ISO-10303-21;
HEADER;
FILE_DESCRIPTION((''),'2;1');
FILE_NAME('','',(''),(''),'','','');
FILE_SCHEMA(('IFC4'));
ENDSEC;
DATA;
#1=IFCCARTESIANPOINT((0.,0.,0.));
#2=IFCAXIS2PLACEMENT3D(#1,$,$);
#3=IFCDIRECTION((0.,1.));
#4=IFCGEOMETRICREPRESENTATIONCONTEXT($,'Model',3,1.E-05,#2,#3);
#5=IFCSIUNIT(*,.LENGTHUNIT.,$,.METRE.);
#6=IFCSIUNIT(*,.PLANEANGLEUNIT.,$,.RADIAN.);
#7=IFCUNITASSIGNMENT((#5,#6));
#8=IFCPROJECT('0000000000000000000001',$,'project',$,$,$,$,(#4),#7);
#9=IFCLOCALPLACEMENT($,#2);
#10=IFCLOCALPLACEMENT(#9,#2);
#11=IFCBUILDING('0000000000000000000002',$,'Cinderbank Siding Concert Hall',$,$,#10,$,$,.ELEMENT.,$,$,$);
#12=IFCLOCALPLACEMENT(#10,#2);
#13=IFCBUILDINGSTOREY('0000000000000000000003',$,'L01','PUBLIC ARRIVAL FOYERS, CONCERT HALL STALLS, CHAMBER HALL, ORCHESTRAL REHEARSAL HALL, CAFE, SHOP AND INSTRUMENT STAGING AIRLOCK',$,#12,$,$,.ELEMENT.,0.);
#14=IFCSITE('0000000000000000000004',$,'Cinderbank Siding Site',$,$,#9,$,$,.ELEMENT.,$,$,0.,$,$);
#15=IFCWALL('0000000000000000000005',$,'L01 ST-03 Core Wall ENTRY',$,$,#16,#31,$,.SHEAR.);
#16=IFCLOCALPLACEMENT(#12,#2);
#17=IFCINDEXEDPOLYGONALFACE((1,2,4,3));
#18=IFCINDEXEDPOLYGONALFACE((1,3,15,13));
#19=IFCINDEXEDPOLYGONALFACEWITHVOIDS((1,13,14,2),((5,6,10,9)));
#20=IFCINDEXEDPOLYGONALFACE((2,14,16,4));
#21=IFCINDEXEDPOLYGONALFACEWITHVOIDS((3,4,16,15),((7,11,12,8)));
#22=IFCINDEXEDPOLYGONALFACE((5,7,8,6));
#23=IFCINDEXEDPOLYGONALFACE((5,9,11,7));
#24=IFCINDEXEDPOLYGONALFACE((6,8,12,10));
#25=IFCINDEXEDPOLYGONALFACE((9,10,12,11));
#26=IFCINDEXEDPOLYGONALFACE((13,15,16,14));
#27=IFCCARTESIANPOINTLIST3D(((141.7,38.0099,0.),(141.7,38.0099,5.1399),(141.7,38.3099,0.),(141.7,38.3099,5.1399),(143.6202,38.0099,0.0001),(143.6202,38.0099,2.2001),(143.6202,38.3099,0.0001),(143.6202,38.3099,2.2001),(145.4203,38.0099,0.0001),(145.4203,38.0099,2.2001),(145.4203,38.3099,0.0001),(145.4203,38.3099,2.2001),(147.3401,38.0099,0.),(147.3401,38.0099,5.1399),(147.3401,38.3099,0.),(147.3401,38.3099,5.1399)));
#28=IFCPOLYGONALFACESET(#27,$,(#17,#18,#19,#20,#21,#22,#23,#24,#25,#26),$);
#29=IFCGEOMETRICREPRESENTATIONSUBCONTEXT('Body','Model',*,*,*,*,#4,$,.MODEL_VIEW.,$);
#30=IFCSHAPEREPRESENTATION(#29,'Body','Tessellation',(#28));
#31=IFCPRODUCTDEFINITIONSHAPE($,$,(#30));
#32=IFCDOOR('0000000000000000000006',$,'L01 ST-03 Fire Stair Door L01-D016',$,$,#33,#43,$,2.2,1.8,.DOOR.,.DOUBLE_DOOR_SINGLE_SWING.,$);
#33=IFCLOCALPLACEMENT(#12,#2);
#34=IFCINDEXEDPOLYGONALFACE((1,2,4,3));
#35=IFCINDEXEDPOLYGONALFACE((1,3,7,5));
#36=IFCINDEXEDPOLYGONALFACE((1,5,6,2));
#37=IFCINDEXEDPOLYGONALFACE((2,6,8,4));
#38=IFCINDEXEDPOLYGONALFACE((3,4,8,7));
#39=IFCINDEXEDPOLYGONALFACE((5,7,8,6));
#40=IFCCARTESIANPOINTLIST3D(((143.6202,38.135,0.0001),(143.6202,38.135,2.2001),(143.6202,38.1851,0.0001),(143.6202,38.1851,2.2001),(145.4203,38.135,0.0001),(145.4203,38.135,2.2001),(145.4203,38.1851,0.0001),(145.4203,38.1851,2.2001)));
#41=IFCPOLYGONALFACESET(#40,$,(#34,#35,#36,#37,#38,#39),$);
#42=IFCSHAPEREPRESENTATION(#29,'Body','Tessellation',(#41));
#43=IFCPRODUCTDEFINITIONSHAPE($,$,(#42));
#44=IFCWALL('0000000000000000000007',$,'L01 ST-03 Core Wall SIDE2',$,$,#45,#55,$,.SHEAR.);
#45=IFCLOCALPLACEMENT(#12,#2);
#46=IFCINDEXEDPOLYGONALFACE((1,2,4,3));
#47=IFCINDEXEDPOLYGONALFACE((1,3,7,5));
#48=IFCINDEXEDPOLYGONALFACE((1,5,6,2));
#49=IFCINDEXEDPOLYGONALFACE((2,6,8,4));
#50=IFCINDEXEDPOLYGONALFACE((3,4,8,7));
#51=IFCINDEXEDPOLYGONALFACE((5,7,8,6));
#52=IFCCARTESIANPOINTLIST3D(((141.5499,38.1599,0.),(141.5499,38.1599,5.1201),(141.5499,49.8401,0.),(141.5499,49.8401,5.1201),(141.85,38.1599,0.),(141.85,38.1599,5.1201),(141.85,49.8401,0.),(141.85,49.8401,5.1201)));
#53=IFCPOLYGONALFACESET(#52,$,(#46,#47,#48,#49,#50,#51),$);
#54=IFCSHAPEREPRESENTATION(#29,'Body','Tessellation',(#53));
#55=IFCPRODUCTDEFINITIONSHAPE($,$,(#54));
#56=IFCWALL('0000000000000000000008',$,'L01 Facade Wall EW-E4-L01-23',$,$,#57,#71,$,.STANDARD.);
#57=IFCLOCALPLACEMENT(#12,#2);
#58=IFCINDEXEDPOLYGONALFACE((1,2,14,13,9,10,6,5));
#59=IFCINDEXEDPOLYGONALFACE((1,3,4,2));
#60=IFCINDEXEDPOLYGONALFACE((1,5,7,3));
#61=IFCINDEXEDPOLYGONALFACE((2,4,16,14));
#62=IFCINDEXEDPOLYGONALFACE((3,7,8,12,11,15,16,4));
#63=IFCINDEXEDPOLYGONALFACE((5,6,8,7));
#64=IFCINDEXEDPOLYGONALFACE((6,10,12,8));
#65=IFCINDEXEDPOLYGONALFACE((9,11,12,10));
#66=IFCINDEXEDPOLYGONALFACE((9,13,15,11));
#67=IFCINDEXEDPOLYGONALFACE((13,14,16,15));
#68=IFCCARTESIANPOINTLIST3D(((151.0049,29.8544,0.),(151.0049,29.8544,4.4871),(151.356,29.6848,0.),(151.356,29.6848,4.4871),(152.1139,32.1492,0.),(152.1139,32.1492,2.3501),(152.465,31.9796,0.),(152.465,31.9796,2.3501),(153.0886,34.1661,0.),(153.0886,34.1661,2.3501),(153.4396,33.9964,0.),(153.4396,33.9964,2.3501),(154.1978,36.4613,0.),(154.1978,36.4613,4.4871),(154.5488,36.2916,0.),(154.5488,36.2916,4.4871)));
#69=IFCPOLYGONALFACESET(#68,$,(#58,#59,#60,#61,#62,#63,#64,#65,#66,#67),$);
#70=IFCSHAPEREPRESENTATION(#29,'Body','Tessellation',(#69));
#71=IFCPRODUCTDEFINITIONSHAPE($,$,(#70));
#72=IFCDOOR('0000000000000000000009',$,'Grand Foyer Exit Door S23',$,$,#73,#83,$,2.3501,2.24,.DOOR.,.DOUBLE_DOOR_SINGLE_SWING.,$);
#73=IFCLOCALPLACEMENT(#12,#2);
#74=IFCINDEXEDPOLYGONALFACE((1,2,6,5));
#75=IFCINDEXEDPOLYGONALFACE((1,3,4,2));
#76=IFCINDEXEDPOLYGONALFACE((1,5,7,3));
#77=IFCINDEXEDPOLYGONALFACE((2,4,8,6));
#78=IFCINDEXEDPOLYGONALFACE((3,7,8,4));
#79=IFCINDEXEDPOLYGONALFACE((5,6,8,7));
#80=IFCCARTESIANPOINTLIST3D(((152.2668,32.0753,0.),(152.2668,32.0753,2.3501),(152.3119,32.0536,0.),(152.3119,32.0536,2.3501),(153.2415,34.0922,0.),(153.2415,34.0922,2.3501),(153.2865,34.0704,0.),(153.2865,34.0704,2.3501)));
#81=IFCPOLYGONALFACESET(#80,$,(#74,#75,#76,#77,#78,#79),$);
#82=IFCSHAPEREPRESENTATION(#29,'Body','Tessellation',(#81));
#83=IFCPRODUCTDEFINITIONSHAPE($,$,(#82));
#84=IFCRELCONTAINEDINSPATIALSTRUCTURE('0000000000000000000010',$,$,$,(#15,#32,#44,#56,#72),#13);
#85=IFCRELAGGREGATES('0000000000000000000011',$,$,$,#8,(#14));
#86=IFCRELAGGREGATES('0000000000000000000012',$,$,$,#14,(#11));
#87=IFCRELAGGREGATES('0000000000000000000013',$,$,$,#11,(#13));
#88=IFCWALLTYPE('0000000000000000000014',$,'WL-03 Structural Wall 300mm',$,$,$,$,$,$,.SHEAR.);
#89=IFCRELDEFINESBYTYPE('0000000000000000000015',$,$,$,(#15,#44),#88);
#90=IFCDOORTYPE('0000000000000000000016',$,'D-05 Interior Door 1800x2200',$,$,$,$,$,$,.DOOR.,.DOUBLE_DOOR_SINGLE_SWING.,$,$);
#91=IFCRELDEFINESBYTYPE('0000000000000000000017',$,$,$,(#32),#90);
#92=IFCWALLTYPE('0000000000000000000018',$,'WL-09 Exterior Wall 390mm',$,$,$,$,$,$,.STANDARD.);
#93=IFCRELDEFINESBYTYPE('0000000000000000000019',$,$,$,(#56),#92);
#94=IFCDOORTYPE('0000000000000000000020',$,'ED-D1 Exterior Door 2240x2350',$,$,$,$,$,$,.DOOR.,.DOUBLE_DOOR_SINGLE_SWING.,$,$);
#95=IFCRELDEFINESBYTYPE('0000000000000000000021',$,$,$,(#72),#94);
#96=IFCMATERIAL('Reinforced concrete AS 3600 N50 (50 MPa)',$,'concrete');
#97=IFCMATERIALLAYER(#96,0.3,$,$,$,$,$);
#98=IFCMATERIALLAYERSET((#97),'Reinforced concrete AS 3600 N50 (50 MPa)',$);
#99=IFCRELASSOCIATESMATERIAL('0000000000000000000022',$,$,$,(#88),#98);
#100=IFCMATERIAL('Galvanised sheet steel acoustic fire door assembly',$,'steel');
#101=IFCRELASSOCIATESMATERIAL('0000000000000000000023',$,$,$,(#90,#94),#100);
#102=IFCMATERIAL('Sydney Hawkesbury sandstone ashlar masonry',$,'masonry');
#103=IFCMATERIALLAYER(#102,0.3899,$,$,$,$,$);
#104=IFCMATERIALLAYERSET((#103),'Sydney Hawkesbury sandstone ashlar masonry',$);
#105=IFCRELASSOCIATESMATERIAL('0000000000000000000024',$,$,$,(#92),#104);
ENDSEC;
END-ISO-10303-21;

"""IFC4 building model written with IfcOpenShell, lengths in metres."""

from ifc_helpers import new_model, si_unit, direction, frame, frame_2d, origin, place, context, subcontext, project, spatial, rectangle, extrude, material, layer, layer_set, type_object, element, fill, save


model = new_model("IFC4")

# Units and contexts
model_context = context("Model", 3, precision=1e-05, world=origin(), true_north=direction((0.0, 1.0)))
body_context = subcontext(model_context, "Body", "Model", "MODEL_VIEW")
ifc_project = project(units=[si_unit("LENGTHUNIT", "METRE"), si_unit("PLANEANGLEUNIT", "RADIAN")], contexts=[model_context])

# Site, building, storey
site_placement = place(None, origin())
site = spatial("IfcSite", under=ifc_project, at=site_placement, Name="Cinderbank Siding Site", CompositionType="ELEMENT", RefElevation=0.0)
building_placement = place(site_placement, origin())
building = spatial("IfcBuilding", under=site, at=building_placement, Name="Cinderbank Siding Concert Hall", CompositionType="ELEMENT")
storey_placement = place(building_placement, origin())
storey = spatial("IfcBuildingStorey", under=building, at=storey_placement, Name="L01", Description="PUBLIC ARRIVAL FOYERS, CONCERT HALL STALLS, CHAMBER HALL, ORCHESTRAL REHEARSAL HALL, CAFE, SHOP AND INSTRUMENT STAGING AIRLOCK", CompositionType="ELEMENT", Elevation=0.0)

# Shared definitions
ifc_material_1 = material(Name="Reinforced concrete AS 3600 N50 (50 MPa)", Category="concrete")

# Wall, opening, door
ifc_layer_1 = layer(ifc_material_1, 0.3)
ifc_layer_set_1 = layer_set([ifc_layer_1], Name="Reinforced concrete AS 3600 N50 (50 MPa)")
wall_type_1 = type_object("IfcWallType", Name="WL-03 Structural Wall 300mm", PredefinedType="SHEAR", material=ifc_layer_set_1)
wall_1_placement = place(storey_placement, frame((147.3401, 38.1599, 0.0), z_axis=(0.0, 0.0, 1.0), x_axis=(-1.0, 0.0, 0.0)))
wall_1 = element("IfcWall", 1, at=wall_1_placement, inside=storey, type_object=wall_type_1, Name="L01 ST-03 Core Wall ENTRY", PredefinedType="SHEAR", context=body_context, shape_type="SweptSolid", body=[
    extrude(rectangle(XDim=5.6401, YDim=0.3, at=frame_2d((2.8201, 0.0))), origin(), (0.0, 0.0, 1.0), 5.1399),
])
opening_1_placement = place(wall_1_placement, frame((1.9199, 0.0, 0.0)))
opening_1 = element("IfcOpeningElement", 2, at=opening_1_placement, cuts=wall_1, PredefinedType="OPENING", context=body_context, shape_type="SweptSolid", body=[
    extrude(rectangle(XDim=1.8, YDim=2.2, at=frame_2d((0.8999, 1.1001))), frame((0.0, 0.1621, 0.0), z_axis=(0.0, -1.0, 0.0), x_axis=(1.0, 0.0, 0.0)), (0.0, 0.0, 1.0), 0.324),
])
ifc_material_2 = material(Name="Galvanised sheet steel acoustic fire door assembly", Category="steel")
door_type_1 = type_object("IfcDoorType", Name="D-05 Interior Door 1800x2200", OperationType="DOUBLE_DOOR_SINGLE_SWING", PredefinedType="DOOR", material=ifc_material_2)
door_1_placement = place(opening_1_placement, origin())
door_1 = element("IfcDoor", 3, at=door_1_placement, inside=storey, type_object=door_type_1, Name="L01 ST-03 Fire Stair Door L01-D016", OperationType="DOUBLE_DOOR_SINGLE_SWING", OverallHeight=2.2, OverallWidth=1.8, PredefinedType="DOOR", context=body_context, shape_type="SweptSolid", body=[
    extrude(rectangle(XDim=1.8, YDim=2.2, at=frame_2d((0.8999, 1.1001))), frame((0.0, 0.0249, 0.0), z_axis=(0.0, -1.0, 0.0), x_axis=(1.0, 0.0, 0.0)), (0.0, 0.0, 1.0), 0.05),
])
fill(opening_1, door_1)

# Wall
wall_2_placement = place(storey_placement, frame((141.7, 38.1599, 0.0), z_axis=(0.0, 0.0, 1.0), x_axis=(0.0, 1.0, 0.0)))
element("IfcWall", 4, at=wall_2_placement, inside=storey, type_object=wall_type_1, Name="L01 ST-03 Core Wall SIDE2", PredefinedType="SHEAR", context=body_context, shape_type="SweptSolid", body=[
    extrude(rectangle(XDim=11.6802, YDim=0.3, at=frame_2d((5.8401, 0.0))), origin(), (0.0, 0.0, 1.0), 5.1201),
])

# Wall, opening, door
ifc_material_3 = material(Name="Sydney Hawkesbury sandstone ashlar masonry", Category="masonry")
ifc_layer_2 = layer(ifc_material_3, 0.3899)
ifc_layer_set_2 = layer_set([ifc_layer_2], Name="Sydney Hawkesbury sandstone ashlar masonry")
wall_type_2 = type_object("IfcWallType", Name="WL-09 Exterior Wall 390mm", PredefinedType="STANDARD", material=ifc_layer_set_2)
wall_3_placement = place(storey_placement, frame((154.3733, 36.3765, 0.0), z_axis=(0.0, 0.0, 1.0), x_axis=(-0.435116, -0.900375, 0.0)))
wall_3 = element("IfcWall", 5, at=wall_3_placement, inside=storey, type_object=wall_type_2, Name="L01 Facade Wall EW-E4-L01-23", PredefinedType="STANDARD", context=body_context, shape_type="SweptSolid", body=[
    extrude(rectangle(XDim=7.3379, YDim=0.3899, at=frame_2d((3.6689, 0.0))), origin(), (0.0, 0.0, 1.0), 4.4871),
])
opening_2_placement = place(wall_3_placement, frame((2.5491, 0.0, 0.0)))
opening_2 = element("IfcOpeningElement", 6, at=opening_2_placement, cuts=wall_3, PredefinedType="OPENING", context=body_context, shape_type="SweptSolid", body=[
    extrude(rectangle(XDim=2.24, YDim=2.3501, at=frame_2d((1.1201, 1.175))), frame((0.0, 0.207, 0.0), z_axis=(0.0, -1.0, 0.0), x_axis=(1.0, 0.0, 0.0)), (0.0, 0.0, 1.0), 0.4138),
])
door_type_2 = type_object("IfcDoorType", Name="ED-D1 Exterior Door 2240x2350", OperationType="DOUBLE_DOOR_SINGLE_SWING", PredefinedType="DOOR", material=ifc_material_2)
door_2_placement = place(opening_2_placement, origin())
door_2 = element("IfcDoor", 7, at=door_2_placement, inside=storey, type_object=door_type_2, Name="Grand Foyer Exit Door S23", OperationType="DOUBLE_DOOR_SINGLE_SWING", OverallHeight=2.3501, OverallWidth=2.24, PredefinedType="DOOR", context=body_context, shape_type="SweptSolid", body=[
    extrude(rectangle(XDim=2.24, YDim=2.3501, at=frame_2d((1.1201, 1.175))), frame((0.0, 0.0249, 0.0), z_axis=(0.0, -1.0, 0.0), x_axis=(1.0, 0.0, 0.0)), (0.0, 0.0, 1.0), 0.05),
])
fill(opening_2, door_2)

save(model, "model.ifc")
